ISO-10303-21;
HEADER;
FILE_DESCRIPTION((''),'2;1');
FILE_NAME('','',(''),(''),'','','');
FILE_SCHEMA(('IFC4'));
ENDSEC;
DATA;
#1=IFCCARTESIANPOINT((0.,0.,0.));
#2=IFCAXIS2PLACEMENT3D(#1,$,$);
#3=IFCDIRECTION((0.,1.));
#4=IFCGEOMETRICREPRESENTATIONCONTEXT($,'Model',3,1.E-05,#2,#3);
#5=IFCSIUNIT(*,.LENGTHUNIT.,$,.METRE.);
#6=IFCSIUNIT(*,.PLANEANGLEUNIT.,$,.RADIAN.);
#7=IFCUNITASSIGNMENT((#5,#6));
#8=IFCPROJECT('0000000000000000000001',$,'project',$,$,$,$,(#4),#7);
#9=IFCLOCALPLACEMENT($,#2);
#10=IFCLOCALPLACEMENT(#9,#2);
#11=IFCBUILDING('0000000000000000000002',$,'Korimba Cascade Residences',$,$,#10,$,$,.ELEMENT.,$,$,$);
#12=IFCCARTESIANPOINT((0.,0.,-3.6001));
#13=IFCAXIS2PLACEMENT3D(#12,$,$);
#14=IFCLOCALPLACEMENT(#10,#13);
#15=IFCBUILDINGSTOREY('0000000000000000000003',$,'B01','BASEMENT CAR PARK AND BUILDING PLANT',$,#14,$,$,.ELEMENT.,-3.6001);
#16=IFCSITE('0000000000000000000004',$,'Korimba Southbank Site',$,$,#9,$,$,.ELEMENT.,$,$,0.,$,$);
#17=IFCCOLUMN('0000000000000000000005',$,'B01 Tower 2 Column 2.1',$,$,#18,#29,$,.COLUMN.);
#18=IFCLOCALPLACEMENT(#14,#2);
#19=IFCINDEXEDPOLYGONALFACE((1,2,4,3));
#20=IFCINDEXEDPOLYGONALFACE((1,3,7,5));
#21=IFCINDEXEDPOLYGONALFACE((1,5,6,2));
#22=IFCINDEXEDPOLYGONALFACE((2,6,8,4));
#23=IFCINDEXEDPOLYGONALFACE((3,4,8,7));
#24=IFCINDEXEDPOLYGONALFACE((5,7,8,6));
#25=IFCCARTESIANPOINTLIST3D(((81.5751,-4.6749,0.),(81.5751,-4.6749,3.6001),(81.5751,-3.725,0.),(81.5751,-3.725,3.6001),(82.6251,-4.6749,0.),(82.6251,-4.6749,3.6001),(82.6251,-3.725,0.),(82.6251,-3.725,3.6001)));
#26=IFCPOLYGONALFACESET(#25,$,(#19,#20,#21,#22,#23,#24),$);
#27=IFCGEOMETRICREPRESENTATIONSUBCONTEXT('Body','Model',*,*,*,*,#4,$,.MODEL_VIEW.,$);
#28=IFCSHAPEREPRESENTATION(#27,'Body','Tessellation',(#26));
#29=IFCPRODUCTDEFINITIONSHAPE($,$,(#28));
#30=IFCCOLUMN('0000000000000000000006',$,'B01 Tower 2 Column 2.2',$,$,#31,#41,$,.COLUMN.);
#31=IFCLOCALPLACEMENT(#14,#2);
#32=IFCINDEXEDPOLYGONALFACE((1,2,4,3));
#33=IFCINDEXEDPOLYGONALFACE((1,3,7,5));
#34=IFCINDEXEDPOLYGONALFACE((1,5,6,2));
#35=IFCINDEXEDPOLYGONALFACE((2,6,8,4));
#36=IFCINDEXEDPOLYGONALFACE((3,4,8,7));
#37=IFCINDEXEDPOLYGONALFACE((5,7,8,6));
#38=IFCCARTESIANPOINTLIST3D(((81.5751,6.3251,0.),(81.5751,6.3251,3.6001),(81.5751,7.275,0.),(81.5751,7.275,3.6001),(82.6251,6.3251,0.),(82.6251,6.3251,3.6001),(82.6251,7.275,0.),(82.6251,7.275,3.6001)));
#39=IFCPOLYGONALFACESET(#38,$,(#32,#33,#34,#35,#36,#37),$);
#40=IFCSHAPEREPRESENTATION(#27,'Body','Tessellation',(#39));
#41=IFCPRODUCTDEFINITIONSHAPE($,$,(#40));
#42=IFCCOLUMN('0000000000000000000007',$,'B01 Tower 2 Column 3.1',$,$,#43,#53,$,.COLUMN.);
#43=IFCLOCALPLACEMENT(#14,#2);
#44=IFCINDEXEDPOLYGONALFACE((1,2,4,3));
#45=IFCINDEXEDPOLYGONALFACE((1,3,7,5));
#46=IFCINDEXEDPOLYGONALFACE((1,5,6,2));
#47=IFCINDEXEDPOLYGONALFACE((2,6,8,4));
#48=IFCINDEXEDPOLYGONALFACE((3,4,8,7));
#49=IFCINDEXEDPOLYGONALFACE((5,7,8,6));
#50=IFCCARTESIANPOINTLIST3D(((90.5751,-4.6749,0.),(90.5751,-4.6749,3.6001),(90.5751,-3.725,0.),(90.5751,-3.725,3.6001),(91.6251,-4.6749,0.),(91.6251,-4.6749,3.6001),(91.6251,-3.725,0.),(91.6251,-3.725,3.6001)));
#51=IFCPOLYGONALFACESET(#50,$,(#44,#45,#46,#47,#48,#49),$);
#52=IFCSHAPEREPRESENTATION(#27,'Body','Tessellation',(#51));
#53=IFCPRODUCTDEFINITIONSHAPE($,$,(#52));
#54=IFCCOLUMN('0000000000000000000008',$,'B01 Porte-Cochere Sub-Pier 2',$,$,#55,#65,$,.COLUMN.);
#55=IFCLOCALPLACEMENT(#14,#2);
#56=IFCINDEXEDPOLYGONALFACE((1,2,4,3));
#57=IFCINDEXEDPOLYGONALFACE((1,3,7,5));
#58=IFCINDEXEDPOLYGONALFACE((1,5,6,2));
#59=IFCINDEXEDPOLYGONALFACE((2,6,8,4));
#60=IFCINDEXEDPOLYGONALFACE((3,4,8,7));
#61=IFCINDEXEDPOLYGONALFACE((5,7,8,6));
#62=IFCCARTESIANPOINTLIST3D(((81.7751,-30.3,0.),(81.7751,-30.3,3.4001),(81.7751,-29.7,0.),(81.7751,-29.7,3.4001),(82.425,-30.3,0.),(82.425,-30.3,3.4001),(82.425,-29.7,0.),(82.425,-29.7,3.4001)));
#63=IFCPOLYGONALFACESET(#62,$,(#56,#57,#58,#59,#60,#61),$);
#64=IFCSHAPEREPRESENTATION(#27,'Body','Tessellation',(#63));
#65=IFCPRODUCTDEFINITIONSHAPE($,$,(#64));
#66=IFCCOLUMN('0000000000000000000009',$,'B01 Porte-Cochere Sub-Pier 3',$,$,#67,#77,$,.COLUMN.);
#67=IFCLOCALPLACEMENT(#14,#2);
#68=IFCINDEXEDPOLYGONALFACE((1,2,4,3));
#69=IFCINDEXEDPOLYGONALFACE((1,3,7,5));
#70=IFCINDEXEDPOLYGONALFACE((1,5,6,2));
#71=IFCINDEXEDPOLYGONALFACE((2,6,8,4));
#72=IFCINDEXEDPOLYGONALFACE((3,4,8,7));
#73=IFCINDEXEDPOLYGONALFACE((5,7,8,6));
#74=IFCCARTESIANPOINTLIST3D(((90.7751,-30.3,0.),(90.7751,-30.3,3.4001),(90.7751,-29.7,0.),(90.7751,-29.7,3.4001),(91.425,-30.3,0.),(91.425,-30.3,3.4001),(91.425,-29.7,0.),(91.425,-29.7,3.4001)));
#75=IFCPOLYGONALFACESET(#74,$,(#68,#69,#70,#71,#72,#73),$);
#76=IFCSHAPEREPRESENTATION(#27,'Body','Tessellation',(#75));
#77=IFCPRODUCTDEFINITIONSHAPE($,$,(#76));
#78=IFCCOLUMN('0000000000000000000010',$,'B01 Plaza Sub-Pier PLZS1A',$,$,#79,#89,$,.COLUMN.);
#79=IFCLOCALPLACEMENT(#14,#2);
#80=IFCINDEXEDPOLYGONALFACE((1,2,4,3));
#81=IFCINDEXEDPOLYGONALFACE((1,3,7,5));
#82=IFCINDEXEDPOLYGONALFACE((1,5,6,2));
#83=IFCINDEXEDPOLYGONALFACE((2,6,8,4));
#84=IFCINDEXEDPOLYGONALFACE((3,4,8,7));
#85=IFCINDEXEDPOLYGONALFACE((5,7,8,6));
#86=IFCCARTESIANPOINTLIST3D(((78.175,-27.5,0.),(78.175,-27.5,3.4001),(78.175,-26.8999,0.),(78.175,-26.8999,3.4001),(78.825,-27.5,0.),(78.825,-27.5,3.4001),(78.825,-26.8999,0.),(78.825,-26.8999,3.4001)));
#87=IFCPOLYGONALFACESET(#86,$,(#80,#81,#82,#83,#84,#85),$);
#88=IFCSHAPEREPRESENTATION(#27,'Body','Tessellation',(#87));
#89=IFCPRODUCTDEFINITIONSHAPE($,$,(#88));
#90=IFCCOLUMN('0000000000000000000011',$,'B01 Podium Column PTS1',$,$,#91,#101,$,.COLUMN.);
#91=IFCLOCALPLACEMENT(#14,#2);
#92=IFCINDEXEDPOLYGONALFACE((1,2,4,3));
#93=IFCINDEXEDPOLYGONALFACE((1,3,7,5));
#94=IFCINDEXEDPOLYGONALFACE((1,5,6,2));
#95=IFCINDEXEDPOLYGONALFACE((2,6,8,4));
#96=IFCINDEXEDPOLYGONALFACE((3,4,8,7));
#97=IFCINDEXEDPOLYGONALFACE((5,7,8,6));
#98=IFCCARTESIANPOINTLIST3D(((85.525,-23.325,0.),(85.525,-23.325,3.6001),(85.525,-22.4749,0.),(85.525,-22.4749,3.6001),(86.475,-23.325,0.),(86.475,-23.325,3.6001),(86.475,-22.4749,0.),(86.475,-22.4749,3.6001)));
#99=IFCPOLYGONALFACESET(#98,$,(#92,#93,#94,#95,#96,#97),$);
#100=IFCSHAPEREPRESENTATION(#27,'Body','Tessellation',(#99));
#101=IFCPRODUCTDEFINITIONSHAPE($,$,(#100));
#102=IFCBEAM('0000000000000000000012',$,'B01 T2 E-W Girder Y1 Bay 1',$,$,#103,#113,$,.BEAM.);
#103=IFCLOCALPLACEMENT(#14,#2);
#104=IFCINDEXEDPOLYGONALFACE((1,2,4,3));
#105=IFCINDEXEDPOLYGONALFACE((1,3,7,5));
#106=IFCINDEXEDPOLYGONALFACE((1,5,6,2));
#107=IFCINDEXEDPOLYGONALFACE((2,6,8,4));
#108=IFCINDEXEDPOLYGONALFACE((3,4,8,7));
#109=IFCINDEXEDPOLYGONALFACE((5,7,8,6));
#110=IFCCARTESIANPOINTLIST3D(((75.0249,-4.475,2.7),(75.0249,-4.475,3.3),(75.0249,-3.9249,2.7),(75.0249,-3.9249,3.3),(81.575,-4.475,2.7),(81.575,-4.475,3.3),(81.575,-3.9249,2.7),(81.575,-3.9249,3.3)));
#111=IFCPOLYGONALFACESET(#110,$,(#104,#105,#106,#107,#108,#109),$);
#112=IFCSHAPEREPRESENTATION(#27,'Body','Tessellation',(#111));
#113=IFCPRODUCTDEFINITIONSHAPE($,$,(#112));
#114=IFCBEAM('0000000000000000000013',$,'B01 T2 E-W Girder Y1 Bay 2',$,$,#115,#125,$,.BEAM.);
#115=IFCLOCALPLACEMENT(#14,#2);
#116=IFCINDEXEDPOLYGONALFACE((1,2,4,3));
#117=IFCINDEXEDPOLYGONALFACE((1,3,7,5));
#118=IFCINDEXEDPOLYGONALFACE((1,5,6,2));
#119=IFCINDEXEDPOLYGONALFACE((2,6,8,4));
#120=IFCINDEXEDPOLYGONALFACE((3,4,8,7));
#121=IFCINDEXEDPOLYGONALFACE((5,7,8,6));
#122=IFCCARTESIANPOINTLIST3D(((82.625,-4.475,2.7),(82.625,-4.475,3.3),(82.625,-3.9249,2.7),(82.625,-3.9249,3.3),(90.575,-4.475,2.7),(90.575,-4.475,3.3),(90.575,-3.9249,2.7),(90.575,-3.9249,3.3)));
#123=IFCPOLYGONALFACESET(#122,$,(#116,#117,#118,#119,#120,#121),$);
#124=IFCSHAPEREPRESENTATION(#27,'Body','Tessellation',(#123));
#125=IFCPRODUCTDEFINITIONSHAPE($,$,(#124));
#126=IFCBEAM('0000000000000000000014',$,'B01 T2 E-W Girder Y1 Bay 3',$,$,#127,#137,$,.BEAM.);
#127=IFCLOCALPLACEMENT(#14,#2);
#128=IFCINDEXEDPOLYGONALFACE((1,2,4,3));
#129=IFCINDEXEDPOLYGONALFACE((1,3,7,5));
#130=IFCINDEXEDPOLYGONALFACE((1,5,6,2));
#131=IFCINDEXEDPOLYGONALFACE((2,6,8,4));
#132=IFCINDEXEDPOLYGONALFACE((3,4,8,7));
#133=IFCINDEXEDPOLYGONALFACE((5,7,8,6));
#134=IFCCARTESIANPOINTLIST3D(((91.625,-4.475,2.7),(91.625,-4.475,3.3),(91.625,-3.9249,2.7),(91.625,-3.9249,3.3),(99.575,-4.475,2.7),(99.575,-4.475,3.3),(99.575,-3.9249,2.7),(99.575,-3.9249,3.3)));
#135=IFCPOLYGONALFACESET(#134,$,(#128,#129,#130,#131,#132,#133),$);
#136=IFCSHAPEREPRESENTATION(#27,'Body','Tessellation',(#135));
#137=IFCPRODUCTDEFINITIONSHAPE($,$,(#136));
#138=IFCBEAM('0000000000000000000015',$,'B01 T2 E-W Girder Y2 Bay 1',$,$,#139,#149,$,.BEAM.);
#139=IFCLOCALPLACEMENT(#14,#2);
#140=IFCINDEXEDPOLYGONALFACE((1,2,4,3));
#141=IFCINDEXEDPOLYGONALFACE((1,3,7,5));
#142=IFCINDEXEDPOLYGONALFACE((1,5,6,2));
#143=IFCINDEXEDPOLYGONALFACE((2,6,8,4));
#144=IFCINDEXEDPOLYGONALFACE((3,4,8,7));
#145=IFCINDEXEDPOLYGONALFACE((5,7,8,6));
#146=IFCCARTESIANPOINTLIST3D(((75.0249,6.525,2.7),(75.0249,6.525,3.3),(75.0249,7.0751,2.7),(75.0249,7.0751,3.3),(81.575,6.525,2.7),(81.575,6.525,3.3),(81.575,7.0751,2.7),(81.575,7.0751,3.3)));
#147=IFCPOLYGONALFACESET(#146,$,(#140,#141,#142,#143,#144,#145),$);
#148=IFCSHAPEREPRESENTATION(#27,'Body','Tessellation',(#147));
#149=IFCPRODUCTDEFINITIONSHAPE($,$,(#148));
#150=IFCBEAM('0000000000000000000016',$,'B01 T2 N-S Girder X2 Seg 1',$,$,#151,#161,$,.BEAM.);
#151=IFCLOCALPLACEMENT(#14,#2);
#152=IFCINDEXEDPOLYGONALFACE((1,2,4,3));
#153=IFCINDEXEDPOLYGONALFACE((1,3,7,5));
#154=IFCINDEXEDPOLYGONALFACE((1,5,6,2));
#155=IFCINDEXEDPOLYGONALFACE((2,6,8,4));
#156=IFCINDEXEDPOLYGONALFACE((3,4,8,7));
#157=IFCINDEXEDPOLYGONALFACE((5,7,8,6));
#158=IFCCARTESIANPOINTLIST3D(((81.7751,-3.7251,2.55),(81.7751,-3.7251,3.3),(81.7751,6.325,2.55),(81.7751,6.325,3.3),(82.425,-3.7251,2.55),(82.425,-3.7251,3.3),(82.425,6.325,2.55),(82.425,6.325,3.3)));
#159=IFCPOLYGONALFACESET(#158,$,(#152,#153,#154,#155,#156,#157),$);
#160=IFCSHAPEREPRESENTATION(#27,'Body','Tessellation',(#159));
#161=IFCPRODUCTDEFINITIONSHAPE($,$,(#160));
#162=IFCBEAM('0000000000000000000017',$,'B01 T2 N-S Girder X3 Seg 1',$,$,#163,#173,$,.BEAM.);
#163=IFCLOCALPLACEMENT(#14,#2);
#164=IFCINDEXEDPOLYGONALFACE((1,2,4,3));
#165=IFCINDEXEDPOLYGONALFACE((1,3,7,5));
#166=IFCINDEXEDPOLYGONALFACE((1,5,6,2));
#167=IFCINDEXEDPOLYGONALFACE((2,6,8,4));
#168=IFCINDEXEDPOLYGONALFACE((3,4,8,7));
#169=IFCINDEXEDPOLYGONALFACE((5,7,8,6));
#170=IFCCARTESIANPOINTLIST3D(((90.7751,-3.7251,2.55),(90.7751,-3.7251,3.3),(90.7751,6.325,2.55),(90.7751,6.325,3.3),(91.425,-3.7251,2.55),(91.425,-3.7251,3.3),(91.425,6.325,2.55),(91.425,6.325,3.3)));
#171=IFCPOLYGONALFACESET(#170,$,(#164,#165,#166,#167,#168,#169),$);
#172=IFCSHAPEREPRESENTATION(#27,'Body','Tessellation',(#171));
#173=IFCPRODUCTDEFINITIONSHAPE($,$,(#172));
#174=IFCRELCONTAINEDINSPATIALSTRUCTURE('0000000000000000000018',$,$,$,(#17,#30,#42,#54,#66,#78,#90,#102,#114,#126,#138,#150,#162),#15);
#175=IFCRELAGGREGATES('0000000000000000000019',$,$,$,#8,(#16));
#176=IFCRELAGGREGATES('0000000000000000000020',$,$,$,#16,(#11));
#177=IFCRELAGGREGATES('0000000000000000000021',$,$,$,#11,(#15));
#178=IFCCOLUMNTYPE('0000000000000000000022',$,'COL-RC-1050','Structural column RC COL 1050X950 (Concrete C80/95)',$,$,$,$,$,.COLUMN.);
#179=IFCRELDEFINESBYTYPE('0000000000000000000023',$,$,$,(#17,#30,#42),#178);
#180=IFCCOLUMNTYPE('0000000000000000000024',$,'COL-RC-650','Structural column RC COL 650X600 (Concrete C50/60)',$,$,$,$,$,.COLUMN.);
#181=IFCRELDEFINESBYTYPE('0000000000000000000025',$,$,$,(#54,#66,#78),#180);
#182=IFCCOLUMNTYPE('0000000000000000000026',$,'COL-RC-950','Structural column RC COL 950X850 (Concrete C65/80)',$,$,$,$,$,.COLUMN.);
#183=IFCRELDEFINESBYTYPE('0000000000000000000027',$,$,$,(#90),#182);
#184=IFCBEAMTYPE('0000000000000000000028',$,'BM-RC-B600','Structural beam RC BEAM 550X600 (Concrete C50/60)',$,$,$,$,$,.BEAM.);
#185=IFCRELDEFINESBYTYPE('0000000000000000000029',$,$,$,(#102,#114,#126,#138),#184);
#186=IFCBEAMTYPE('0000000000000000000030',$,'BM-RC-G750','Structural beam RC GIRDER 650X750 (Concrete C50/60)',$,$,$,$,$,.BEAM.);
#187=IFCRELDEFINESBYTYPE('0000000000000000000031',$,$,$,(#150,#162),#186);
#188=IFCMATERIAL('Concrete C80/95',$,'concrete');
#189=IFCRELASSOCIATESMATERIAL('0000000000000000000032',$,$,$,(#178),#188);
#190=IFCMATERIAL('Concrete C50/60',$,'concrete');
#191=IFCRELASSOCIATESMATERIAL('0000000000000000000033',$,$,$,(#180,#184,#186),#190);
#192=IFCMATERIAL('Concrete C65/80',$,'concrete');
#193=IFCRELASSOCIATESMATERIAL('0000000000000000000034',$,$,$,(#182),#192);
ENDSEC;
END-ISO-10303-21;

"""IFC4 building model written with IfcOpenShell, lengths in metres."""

from ifc_helpers import new_model, si_unit, direction, frame, origin, origin_2d, place, context, subcontext, project, spatial, rectangle, extrude, material, material_profile, profile_set, type_object, element, save


model = new_model("IFC4")

# Units and contexts
model_context = context("Model", 3, precision=1e-05, world=origin(), true_north=direction((0.0, 1.0)))
body_context = subcontext(model_context, "Body", "Model", "MODEL_VIEW")
ifc_project = project(units=[si_unit("LENGTHUNIT", "METRE"), si_unit("PLANEANGLEUNIT", "RADIAN")], contexts=[model_context])

# Site, building, storey
site_placement = place(None, origin())
site = spatial("IfcSite", under=ifc_project, at=site_placement, Name="Korimba Southbank Site", CompositionType="ELEMENT", RefElevation=0.0)
building_placement = place(site_placement, origin())
building = spatial("IfcBuilding", under=site, at=building_placement, Name="Korimba Cascade Residences", CompositionType="ELEMENT")
storey_placement = place(building_placement, frame((0.0, 0.0, -3.6001)))
storey = spatial("IfcBuildingStorey", under=building, at=storey_placement, Name="B01", Description="BASEMENT CAR PARK AND BUILDING PLANT", CompositionType="ELEMENT", Elevation=-3.6001)

# Columns
ifc_material_1 = material(Name="Concrete C80/95", Category="concrete")
ifc_material_profile_1 = material_profile(ifc_material_1, rectangle(XDim=1.05, YDim=0.95, at=origin_2d()), Name="Concrete C80/95")
ifc_profile_set_1 = profile_set([ifc_material_profile_1], Name="Concrete C80/95")
column_type_1 = type_object("IfcColumnType", Name="COL-RC-1050", Description="Structural column RC COL 1050X950 (Concrete C80/95)", PredefinedType="COLUMN", material=ifc_profile_set_1)
for number, where, z_axis, x_axis, name in (
    (1, (82.1001, -4.2, 0.0), (0.0, 0.0, 1.0), (1.0, 0.0, 0.0), "B01 Tower 2 Column 2.1"),
    (2, (82.1001, 6.8, 0.0), (0.0, 0.0, 1.0), (1.0, 0.0, 0.0), "B01 Tower 2 Column 2.2"),
    (3, (91.1001, -4.2, 0.0), (0.0, 0.0, 1.0), (1.0, 0.0, 0.0), "B01 Tower 2 Column 3.1"),
):
    element("IfcColumn", number, at=place(storey_placement, frame(where, z_axis=z_axis, x_axis=x_axis)), inside=storey, type_object=column_type_1, Name=name, PredefinedType="COLUMN", context=body_context, shape_type="SweptSolid", body=[
        extrude(rectangle(XDim=1.05, YDim=0.95, at=origin_2d()), origin(), (0.0, 0.0, 1.0), 3.6001),
    ])
ifc_material_2 = material(Name="Concrete C50/60", Category="concrete")
ifc_material_profile_2 = material_profile(ifc_material_2, rectangle(XDim=0.6499, YDim=0.6001, at=origin_2d()), Name="Concrete C50/60")
ifc_profile_set_2 = profile_set([ifc_material_profile_2], Name="Concrete C50/60")
column_type_2 = type_object("IfcColumnType", Name="COL-RC-650", Description="Structural column RC COL 650X600 (Concrete C50/60)", PredefinedType="COLUMN", material=ifc_profile_set_2)
for number, where, z_axis, x_axis, name in (
    (4, (82.1001, -30.0, 0.0), (0.0, 0.0, 1.0), (1.0, 0.0, 0.0), "B01 Porte-Cochere Sub-Pier 2"),
    (5, (91.1001, -30.0, 0.0), (0.0, 0.0, 1.0), (1.0, 0.0, 0.0), "B01 Porte-Cochere Sub-Pier 3"),
    (6, (78.5, -27.2, 0.0), (0.0, 0.0, 1.0), (1.0, 0.0, 0.0), "B01 Plaza Sub-Pier PLZS1A"),
):
    element("IfcColumn", number, at=place(storey_placement, frame(where, z_axis=z_axis, x_axis=x_axis)), inside=storey, type_object=column_type_2, Name=name, PredefinedType="COLUMN", context=body_context, shape_type="SweptSolid", body=[
        extrude(rectangle(XDim=0.6499, YDim=0.6001, at=origin_2d()), origin(), (0.0, 0.0, 1.0), 3.4001),
    ])
ifc_material_3 = material(Name="Concrete C65/80", Category="concrete")
ifc_material_profile_3 = material_profile(ifc_material_3, rectangle(XDim=0.95, YDim=0.8501, at=origin_2d()), Name="Concrete C65/80")
ifc_profile_set_3 = profile_set([ifc_material_profile_3], Name="Concrete C65/80")
column_type_3 = type_object("IfcColumnType", Name="COL-RC-950", Description="Structural column RC COL 950X850 (Concrete C65/80)", PredefinedType="COLUMN", material=ifc_profile_set_3)
column_placement = place(storey_placement, frame((86.0, -22.8999, 0.0), z_axis=(0.0, 0.0, 1.0), x_axis=(1.0, 0.0, 0.0)))
element("IfcColumn", 7, at=column_placement, inside=storey, type_object=column_type_3, Name="B01 Podium Column PTS1", PredefinedType="COLUMN", context=body_context, shape_type="SweptSolid", body=[
    extrude(rectangle(XDim=0.95, YDim=0.8501, at=origin_2d()), origin(), (0.0, 0.0, 1.0), 3.6001),
])

# Beams
ifc_material_profile_4 = material_profile(ifc_material_2, rectangle(XDim=0.55, YDim=0.6001, at=origin_2d()), Name="Concrete C50/60")
ifc_profile_set_4 = profile_set([ifc_material_profile_4], Name="Concrete C50/60")
beam_type_1 = type_object("IfcBeamType", Name="BM-RC-B600", Description="Structural beam RC BEAM 550X600 (Concrete C50/60)", PredefinedType="BEAM", material=ifc_profile_set_4)
beam_1_placement = place(storey_placement, frame((75.0249, -4.2, 3.0), z_axis=(1.0, 0.0, 0.0), x_axis=(0.0, 1.0, 0.0)))
element("IfcBeam", 8, at=beam_1_placement, inside=storey, type_object=beam_type_1, Name="B01 T2 E-W Girder Y1 Bay 1", PredefinedType="BEAM", context=body_context, shape_type="SweptSolid", body=[
    extrude(rectangle(XDim=0.55, YDim=0.6001, at=origin_2d()), origin(), (0.0, 0.0, 1.0), 6.55),
])
for number, where, z_axis, x_axis, name in (
    (9, (82.625, -4.2, 3.0), (1.0, 0.0, 0.0), (0.0, 1.0, 0.0), "B01 T2 E-W Girder Y1 Bay 2"),
    (10, (91.625, -4.2, 3.0), (1.0, 0.0, 0.0), (0.0, 1.0, 0.0), "B01 T2 E-W Girder Y1 Bay 3"),
):
    element("IfcBeam", number, at=place(storey_placement, frame(where, z_axis=z_axis, x_axis=x_axis)), inside=storey, type_object=beam_type_1, Name=name, PredefinedType="BEAM", context=body_context, shape_type="SweptSolid", body=[
        extrude(rectangle(XDim=0.55, YDim=0.6001, at=origin_2d()), origin(), (0.0, 0.0, 1.0), 7.95),
    ])
beam_2_placement = place(storey_placement, frame((75.0249, 6.8, 3.0), z_axis=(1.0, 0.0, 0.0), x_axis=(0.0, 1.0, 0.0)))
element("IfcBeam", 11, at=beam_2_placement, inside=storey, type_object=beam_type_1, Name="B01 T2 E-W Girder Y2 Bay 1", PredefinedType="BEAM", context=body_context, shape_type="SweptSolid", body=[
    extrude(rectangle(XDim=0.55, YDim=0.6001, at=origin_2d()), origin(), (0.0, 0.0, 1.0), 6.55),
])
ifc_material_profile_5 = material_profile(ifc_material_2, rectangle(XDim=0.6499, YDim=0.75, at=origin_2d()), Name="Concrete C50/60")
ifc_profile_set_5 = profile_set([ifc_material_profile_5], Name="Concrete C50/60")
beam_type_2 = type_object("IfcBeamType", Name="BM-RC-G750", Description="Structural beam RC GIRDER 650X750 (Concrete C50/60)", PredefinedType="BEAM", material=ifc_profile_set_5)
for number, where, z_axis, x_axis, name in (
    (12, (82.1001, -3.7251, 2.925), (0.0, 1.0, 0.0), (-1.0, 0.0, 0.0), "B01 T2 N-S Girder X2 Seg 1"),
    (13, (91.1001, -3.7251, 2.925), (0.0, 1.0, 0.0), (-1.0, 0.0, 0.0), "B01 T2 N-S Girder X3 Seg 1"),
):
    element("IfcBeam", number, at=place(storey_placement, frame(where, z_axis=z_axis, x_axis=x_axis)), inside=storey, type_object=beam_type_2, Name=name, PredefinedType="BEAM", context=body_context, shape_type="SweptSolid", body=[
        extrude(rectangle(XDim=0.6499, YDim=0.75, at=origin_2d()), origin(), (0.0, 0.0, 1.0), 10.05),
    ])

save(model, "model.ifc")
